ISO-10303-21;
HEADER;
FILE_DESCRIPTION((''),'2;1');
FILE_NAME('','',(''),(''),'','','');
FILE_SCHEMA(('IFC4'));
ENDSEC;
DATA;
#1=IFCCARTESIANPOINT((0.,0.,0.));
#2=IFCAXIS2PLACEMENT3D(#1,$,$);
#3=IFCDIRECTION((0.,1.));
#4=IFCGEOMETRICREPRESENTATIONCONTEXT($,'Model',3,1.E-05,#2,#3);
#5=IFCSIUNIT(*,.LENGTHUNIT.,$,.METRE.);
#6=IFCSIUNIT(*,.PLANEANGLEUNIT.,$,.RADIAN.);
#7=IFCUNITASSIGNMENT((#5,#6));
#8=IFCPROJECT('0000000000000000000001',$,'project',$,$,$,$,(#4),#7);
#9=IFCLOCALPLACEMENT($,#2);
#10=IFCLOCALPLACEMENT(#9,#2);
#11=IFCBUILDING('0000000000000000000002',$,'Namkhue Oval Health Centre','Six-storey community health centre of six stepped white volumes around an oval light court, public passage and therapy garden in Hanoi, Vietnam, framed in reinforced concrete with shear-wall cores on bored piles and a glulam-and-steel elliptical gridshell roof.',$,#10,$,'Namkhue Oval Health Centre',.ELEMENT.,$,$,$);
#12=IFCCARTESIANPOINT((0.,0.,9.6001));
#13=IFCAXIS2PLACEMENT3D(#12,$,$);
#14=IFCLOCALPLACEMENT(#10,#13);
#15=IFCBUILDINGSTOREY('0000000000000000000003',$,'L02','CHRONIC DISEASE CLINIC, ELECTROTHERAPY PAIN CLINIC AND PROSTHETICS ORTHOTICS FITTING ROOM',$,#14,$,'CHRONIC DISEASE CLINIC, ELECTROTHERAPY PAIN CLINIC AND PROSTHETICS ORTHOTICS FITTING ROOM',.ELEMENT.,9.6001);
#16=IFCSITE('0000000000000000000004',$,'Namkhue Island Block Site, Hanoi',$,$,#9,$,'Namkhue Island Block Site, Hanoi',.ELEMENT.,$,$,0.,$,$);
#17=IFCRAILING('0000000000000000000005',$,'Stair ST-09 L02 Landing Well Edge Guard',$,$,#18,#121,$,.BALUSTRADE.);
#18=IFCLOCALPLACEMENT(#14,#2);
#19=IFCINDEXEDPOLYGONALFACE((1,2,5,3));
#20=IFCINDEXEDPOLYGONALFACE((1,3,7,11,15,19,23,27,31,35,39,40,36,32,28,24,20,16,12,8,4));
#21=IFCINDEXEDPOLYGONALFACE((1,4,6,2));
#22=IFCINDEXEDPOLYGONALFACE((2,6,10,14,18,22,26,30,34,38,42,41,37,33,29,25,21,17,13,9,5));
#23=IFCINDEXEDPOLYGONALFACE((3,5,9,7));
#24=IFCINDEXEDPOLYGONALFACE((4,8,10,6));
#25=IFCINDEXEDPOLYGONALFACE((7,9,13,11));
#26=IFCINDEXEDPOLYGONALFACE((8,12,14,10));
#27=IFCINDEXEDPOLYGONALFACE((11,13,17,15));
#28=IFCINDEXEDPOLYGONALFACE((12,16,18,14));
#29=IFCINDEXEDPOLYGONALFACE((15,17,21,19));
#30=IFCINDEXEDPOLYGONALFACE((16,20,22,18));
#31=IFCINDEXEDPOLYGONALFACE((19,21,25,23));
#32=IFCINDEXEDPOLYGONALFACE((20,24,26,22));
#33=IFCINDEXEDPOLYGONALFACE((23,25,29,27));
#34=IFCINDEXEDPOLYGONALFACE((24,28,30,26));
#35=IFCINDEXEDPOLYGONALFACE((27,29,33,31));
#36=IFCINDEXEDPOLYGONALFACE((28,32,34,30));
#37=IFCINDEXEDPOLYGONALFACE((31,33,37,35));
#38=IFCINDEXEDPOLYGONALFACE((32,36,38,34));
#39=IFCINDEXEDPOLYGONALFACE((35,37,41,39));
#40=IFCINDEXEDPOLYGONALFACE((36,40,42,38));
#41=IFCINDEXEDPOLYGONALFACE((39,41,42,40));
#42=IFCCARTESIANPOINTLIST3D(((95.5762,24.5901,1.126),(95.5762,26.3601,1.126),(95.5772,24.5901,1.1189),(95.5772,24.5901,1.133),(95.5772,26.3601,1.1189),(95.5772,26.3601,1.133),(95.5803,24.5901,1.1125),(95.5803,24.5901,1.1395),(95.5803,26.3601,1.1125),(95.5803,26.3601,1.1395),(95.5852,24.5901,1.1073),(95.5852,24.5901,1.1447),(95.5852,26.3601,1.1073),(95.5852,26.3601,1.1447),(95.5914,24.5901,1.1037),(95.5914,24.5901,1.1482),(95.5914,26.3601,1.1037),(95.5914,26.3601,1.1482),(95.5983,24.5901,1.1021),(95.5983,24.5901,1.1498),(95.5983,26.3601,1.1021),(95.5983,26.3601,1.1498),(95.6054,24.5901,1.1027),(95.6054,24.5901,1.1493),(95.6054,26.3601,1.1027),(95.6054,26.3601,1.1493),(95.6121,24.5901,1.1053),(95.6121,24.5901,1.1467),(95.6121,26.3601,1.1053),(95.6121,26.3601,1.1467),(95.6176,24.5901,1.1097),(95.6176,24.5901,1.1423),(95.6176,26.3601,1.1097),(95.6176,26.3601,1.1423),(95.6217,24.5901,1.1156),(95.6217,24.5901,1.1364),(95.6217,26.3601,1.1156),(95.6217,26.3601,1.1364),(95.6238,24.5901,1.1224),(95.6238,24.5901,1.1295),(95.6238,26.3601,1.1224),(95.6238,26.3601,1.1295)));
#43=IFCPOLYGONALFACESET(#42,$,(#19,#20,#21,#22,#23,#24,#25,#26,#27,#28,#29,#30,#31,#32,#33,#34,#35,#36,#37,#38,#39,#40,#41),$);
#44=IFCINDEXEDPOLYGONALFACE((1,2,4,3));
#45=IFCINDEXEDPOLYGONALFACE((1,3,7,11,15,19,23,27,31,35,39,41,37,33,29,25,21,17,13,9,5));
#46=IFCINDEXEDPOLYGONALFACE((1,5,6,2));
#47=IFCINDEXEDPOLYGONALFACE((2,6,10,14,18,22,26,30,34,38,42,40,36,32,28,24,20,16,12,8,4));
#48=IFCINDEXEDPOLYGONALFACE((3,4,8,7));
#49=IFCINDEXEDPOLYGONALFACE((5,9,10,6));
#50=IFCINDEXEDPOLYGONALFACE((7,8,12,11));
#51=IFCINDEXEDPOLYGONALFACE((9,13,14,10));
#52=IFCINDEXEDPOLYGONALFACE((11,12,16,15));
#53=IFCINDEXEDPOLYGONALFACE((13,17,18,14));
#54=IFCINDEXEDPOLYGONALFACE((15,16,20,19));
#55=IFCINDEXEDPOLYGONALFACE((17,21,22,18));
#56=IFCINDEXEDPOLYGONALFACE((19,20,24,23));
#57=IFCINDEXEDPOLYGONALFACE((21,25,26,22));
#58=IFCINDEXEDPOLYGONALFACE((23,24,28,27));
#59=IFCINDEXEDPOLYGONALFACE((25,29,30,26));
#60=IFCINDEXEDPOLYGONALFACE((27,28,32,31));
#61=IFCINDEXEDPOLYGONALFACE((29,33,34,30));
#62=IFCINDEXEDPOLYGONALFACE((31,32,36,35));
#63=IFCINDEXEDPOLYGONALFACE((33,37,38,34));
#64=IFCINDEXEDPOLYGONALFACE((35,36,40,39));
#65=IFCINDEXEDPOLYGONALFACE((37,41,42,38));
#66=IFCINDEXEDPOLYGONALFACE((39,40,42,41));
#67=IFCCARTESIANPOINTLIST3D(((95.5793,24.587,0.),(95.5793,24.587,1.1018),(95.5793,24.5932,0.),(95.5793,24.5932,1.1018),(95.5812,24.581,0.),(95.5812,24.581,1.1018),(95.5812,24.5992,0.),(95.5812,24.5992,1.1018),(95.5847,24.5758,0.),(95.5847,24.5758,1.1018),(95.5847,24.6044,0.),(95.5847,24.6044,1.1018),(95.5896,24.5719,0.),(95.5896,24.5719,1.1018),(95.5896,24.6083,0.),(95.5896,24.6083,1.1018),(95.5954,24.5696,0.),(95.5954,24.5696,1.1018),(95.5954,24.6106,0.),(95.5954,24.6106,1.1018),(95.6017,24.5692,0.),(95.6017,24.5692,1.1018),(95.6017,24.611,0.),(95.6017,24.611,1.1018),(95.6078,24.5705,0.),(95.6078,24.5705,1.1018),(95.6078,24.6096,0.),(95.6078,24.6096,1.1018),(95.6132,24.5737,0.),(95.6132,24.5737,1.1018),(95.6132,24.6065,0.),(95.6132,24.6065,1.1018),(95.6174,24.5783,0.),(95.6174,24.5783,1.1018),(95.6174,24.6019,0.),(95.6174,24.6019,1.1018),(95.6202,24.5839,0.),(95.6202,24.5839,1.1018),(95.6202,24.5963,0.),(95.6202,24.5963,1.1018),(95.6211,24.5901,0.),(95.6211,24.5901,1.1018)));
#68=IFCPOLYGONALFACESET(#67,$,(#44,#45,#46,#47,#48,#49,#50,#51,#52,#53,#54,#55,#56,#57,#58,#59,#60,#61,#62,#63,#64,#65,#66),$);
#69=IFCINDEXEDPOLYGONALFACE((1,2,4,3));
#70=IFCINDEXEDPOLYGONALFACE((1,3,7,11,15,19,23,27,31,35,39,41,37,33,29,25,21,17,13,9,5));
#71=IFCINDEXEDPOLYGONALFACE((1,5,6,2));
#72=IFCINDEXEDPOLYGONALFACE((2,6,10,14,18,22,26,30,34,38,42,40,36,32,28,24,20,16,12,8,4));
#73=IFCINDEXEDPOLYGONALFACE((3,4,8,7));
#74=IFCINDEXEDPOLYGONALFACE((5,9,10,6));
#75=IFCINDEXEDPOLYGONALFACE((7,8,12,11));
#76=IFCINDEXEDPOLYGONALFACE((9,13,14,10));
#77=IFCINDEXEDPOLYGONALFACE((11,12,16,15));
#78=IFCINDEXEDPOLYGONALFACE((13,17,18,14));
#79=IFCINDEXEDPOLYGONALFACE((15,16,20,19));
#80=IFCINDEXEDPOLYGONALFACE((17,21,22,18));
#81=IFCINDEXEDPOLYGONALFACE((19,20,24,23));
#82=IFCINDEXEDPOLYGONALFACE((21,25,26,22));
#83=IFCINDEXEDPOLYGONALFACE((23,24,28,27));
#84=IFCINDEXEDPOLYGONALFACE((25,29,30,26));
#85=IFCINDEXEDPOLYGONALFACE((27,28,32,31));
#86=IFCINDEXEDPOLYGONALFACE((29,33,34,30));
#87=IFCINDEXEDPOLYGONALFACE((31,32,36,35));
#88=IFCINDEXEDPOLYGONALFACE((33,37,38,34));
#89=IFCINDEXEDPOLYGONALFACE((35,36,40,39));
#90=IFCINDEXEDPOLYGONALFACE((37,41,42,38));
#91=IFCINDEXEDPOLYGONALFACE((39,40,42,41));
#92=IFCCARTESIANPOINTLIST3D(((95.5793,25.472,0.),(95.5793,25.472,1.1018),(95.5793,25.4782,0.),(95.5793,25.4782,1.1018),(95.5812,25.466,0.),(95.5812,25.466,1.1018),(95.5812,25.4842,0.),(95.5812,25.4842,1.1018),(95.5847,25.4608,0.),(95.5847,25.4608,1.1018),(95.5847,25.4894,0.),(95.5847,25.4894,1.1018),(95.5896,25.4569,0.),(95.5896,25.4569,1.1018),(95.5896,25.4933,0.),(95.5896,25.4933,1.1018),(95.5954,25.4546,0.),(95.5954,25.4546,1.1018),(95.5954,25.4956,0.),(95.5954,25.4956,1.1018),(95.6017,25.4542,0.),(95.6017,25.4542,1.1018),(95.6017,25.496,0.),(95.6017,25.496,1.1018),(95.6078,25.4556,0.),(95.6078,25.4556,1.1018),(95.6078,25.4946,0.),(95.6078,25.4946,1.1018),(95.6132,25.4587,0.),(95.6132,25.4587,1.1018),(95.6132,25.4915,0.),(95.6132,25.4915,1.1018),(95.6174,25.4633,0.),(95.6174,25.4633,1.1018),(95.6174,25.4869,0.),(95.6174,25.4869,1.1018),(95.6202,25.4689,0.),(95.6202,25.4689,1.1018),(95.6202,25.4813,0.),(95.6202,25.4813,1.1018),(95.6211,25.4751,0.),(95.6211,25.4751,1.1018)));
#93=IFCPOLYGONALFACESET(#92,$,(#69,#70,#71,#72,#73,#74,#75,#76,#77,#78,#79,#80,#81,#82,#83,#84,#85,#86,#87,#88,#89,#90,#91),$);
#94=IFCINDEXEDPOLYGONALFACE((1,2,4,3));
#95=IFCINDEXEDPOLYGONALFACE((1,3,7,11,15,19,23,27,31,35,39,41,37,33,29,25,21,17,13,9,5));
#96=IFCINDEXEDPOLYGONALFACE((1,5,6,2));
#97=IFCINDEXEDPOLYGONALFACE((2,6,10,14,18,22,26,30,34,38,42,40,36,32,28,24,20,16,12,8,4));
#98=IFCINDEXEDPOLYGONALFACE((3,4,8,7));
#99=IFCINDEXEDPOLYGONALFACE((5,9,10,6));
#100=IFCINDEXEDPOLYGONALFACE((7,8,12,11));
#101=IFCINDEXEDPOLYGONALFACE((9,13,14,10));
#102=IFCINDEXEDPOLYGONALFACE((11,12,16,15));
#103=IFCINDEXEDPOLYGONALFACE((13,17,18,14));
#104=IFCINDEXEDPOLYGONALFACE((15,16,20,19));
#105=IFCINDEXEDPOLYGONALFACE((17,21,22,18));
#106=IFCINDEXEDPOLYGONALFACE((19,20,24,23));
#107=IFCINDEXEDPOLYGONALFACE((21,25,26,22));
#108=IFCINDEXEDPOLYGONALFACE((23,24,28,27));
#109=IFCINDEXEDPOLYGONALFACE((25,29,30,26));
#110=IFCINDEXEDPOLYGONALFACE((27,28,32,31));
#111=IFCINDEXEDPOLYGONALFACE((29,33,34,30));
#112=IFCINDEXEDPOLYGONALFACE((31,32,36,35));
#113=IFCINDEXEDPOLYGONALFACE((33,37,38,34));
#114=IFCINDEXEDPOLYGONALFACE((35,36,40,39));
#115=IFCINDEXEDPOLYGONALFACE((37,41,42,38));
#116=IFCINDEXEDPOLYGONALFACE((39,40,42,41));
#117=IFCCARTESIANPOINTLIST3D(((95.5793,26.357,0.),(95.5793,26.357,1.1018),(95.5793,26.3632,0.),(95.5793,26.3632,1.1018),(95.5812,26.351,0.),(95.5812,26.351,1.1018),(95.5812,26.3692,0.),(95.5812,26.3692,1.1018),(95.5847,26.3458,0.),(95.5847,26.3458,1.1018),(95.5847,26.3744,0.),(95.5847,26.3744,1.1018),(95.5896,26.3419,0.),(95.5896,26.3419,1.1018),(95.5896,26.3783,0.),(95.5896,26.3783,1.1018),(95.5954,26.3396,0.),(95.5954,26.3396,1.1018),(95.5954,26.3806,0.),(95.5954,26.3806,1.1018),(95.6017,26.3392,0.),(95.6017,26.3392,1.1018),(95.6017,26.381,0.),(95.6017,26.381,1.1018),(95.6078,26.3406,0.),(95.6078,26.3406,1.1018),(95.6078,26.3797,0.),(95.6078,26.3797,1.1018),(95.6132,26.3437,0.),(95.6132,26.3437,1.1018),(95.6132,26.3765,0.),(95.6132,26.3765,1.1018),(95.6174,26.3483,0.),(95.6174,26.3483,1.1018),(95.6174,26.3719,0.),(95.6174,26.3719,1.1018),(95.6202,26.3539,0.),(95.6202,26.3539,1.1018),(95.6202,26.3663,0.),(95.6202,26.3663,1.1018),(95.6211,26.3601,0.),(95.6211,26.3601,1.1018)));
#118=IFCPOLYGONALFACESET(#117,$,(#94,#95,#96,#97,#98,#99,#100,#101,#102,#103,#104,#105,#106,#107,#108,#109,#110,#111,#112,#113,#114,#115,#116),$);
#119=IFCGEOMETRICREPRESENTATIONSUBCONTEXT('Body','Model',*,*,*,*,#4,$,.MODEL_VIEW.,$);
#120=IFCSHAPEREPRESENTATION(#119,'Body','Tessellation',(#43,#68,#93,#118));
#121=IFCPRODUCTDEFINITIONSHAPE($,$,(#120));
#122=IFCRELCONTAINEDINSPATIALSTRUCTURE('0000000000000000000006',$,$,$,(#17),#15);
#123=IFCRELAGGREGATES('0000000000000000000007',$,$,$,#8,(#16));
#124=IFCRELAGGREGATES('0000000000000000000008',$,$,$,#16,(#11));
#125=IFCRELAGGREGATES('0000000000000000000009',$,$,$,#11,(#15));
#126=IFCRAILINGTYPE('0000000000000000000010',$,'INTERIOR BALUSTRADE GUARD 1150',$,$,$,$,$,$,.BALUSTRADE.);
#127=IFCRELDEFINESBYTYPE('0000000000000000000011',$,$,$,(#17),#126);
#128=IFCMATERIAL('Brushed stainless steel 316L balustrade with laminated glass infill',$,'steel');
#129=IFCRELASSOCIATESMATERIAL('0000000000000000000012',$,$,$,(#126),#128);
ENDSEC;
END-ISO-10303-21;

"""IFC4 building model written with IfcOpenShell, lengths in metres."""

from ifc_helpers import new_model, si_unit, direction, frame, origin, origin_2d, place, context, subcontext, project, spatial, circle, extrude, material, type_object, element, save


model = new_model("IFC4")

# Units and contexts
model_context = context("Model", 3, precision=1e-05, world=origin(), true_north=direction((0.0, 1.0)))
body_context = subcontext(model_context, "Body", "Model", "MODEL_VIEW")
ifc_project = project(units=[si_unit("LENGTHUNIT", "METRE"), si_unit("PLANEANGLEUNIT", "RADIAN")], contexts=[model_context])

# Site, building, storey
site_placement = place(None, origin())
site = spatial("IfcSite", under=ifc_project, at=site_placement, Name="Namkhue Island Block Site, Hanoi", LongName="Namkhue Island Block Site, Hanoi", CompositionType="ELEMENT", RefElevation=0.0)
building_placement = place(site_placement, origin())
building = spatial("IfcBuilding", under=site, at=building_placement, Name="Namkhue Oval Health Centre", Description="Six-storey community health centre of six stepped white volumes around an oval light court, public passage and therapy garden in Hanoi, Vietnam, framed in reinforced concrete with shear-wall cores on bored piles and a glulam-and-steel elliptical gridshell roof.", LongName="Namkhue Oval Health Centre", CompositionType="ELEMENT")
storey_placement = place(building_placement, frame((0.0, 0.0, 9.6001)))
storey = spatial("IfcBuildingStorey", under=building, at=storey_placement, Name="L02", Description="CHRONIC DISEASE CLINIC, ELECTROTHERAPY PAIN CLINIC AND PROSTHETICS ORTHOTICS FITTING ROOM", LongName="CHRONIC DISEASE CLINIC, ELECTROTHERAPY PAIN CLINIC AND PROSTHETICS ORTHOTICS FITTING ROOM", CompositionType="ELEMENT", Elevation=9.6001)

# Railing
ifc_material_1 = material(Name="Brushed stainless steel 316L balustrade with laminated glass infill", Category="steel")
railing_type_1 = type_object("IfcRailingType", Name="INTERIOR BALUSTRADE GUARD 1150", PredefinedType="BALUSTRADE", material=ifc_material_1)
railing_1_placement = place(storey_placement, frame((95.6001, 24.5901, 0.0)))
element("IfcRailing", 1, at=railing_1_placement, inside=storey, type_object=railing_type_1, Name="Stair ST-09 L02 Landing Well Edge Guard", PredefinedType="BALUSTRADE", context=body_context, shape_type="SweptSolid", body=[
    extrude(circle(Radius=0.0239, at=origin_2d()), frame((0.0, 0.0, 1.126), z_axis=(0.0, 1.0, 0.0), x_axis=(-1.0, 0.0, 0.0)), (0.0, 0.0, 1.0), 1.77),
    extrude(circle(Radius=0.021, at=origin_2d()), origin(), (0.0, 0.0, 1.0), 1.1018),
    extrude(circle(Radius=0.021, at=origin_2d()), frame((0.0, 0.885, 0.0)), (0.0, 0.0, 1.0), 1.1018),
    extrude(circle(Radius=0.021, at=origin_2d()), frame((0.0, 1.77, 0.0)), (0.0, 0.0, 1.0), 1.1018),
])

save(model, "model.ifc")
